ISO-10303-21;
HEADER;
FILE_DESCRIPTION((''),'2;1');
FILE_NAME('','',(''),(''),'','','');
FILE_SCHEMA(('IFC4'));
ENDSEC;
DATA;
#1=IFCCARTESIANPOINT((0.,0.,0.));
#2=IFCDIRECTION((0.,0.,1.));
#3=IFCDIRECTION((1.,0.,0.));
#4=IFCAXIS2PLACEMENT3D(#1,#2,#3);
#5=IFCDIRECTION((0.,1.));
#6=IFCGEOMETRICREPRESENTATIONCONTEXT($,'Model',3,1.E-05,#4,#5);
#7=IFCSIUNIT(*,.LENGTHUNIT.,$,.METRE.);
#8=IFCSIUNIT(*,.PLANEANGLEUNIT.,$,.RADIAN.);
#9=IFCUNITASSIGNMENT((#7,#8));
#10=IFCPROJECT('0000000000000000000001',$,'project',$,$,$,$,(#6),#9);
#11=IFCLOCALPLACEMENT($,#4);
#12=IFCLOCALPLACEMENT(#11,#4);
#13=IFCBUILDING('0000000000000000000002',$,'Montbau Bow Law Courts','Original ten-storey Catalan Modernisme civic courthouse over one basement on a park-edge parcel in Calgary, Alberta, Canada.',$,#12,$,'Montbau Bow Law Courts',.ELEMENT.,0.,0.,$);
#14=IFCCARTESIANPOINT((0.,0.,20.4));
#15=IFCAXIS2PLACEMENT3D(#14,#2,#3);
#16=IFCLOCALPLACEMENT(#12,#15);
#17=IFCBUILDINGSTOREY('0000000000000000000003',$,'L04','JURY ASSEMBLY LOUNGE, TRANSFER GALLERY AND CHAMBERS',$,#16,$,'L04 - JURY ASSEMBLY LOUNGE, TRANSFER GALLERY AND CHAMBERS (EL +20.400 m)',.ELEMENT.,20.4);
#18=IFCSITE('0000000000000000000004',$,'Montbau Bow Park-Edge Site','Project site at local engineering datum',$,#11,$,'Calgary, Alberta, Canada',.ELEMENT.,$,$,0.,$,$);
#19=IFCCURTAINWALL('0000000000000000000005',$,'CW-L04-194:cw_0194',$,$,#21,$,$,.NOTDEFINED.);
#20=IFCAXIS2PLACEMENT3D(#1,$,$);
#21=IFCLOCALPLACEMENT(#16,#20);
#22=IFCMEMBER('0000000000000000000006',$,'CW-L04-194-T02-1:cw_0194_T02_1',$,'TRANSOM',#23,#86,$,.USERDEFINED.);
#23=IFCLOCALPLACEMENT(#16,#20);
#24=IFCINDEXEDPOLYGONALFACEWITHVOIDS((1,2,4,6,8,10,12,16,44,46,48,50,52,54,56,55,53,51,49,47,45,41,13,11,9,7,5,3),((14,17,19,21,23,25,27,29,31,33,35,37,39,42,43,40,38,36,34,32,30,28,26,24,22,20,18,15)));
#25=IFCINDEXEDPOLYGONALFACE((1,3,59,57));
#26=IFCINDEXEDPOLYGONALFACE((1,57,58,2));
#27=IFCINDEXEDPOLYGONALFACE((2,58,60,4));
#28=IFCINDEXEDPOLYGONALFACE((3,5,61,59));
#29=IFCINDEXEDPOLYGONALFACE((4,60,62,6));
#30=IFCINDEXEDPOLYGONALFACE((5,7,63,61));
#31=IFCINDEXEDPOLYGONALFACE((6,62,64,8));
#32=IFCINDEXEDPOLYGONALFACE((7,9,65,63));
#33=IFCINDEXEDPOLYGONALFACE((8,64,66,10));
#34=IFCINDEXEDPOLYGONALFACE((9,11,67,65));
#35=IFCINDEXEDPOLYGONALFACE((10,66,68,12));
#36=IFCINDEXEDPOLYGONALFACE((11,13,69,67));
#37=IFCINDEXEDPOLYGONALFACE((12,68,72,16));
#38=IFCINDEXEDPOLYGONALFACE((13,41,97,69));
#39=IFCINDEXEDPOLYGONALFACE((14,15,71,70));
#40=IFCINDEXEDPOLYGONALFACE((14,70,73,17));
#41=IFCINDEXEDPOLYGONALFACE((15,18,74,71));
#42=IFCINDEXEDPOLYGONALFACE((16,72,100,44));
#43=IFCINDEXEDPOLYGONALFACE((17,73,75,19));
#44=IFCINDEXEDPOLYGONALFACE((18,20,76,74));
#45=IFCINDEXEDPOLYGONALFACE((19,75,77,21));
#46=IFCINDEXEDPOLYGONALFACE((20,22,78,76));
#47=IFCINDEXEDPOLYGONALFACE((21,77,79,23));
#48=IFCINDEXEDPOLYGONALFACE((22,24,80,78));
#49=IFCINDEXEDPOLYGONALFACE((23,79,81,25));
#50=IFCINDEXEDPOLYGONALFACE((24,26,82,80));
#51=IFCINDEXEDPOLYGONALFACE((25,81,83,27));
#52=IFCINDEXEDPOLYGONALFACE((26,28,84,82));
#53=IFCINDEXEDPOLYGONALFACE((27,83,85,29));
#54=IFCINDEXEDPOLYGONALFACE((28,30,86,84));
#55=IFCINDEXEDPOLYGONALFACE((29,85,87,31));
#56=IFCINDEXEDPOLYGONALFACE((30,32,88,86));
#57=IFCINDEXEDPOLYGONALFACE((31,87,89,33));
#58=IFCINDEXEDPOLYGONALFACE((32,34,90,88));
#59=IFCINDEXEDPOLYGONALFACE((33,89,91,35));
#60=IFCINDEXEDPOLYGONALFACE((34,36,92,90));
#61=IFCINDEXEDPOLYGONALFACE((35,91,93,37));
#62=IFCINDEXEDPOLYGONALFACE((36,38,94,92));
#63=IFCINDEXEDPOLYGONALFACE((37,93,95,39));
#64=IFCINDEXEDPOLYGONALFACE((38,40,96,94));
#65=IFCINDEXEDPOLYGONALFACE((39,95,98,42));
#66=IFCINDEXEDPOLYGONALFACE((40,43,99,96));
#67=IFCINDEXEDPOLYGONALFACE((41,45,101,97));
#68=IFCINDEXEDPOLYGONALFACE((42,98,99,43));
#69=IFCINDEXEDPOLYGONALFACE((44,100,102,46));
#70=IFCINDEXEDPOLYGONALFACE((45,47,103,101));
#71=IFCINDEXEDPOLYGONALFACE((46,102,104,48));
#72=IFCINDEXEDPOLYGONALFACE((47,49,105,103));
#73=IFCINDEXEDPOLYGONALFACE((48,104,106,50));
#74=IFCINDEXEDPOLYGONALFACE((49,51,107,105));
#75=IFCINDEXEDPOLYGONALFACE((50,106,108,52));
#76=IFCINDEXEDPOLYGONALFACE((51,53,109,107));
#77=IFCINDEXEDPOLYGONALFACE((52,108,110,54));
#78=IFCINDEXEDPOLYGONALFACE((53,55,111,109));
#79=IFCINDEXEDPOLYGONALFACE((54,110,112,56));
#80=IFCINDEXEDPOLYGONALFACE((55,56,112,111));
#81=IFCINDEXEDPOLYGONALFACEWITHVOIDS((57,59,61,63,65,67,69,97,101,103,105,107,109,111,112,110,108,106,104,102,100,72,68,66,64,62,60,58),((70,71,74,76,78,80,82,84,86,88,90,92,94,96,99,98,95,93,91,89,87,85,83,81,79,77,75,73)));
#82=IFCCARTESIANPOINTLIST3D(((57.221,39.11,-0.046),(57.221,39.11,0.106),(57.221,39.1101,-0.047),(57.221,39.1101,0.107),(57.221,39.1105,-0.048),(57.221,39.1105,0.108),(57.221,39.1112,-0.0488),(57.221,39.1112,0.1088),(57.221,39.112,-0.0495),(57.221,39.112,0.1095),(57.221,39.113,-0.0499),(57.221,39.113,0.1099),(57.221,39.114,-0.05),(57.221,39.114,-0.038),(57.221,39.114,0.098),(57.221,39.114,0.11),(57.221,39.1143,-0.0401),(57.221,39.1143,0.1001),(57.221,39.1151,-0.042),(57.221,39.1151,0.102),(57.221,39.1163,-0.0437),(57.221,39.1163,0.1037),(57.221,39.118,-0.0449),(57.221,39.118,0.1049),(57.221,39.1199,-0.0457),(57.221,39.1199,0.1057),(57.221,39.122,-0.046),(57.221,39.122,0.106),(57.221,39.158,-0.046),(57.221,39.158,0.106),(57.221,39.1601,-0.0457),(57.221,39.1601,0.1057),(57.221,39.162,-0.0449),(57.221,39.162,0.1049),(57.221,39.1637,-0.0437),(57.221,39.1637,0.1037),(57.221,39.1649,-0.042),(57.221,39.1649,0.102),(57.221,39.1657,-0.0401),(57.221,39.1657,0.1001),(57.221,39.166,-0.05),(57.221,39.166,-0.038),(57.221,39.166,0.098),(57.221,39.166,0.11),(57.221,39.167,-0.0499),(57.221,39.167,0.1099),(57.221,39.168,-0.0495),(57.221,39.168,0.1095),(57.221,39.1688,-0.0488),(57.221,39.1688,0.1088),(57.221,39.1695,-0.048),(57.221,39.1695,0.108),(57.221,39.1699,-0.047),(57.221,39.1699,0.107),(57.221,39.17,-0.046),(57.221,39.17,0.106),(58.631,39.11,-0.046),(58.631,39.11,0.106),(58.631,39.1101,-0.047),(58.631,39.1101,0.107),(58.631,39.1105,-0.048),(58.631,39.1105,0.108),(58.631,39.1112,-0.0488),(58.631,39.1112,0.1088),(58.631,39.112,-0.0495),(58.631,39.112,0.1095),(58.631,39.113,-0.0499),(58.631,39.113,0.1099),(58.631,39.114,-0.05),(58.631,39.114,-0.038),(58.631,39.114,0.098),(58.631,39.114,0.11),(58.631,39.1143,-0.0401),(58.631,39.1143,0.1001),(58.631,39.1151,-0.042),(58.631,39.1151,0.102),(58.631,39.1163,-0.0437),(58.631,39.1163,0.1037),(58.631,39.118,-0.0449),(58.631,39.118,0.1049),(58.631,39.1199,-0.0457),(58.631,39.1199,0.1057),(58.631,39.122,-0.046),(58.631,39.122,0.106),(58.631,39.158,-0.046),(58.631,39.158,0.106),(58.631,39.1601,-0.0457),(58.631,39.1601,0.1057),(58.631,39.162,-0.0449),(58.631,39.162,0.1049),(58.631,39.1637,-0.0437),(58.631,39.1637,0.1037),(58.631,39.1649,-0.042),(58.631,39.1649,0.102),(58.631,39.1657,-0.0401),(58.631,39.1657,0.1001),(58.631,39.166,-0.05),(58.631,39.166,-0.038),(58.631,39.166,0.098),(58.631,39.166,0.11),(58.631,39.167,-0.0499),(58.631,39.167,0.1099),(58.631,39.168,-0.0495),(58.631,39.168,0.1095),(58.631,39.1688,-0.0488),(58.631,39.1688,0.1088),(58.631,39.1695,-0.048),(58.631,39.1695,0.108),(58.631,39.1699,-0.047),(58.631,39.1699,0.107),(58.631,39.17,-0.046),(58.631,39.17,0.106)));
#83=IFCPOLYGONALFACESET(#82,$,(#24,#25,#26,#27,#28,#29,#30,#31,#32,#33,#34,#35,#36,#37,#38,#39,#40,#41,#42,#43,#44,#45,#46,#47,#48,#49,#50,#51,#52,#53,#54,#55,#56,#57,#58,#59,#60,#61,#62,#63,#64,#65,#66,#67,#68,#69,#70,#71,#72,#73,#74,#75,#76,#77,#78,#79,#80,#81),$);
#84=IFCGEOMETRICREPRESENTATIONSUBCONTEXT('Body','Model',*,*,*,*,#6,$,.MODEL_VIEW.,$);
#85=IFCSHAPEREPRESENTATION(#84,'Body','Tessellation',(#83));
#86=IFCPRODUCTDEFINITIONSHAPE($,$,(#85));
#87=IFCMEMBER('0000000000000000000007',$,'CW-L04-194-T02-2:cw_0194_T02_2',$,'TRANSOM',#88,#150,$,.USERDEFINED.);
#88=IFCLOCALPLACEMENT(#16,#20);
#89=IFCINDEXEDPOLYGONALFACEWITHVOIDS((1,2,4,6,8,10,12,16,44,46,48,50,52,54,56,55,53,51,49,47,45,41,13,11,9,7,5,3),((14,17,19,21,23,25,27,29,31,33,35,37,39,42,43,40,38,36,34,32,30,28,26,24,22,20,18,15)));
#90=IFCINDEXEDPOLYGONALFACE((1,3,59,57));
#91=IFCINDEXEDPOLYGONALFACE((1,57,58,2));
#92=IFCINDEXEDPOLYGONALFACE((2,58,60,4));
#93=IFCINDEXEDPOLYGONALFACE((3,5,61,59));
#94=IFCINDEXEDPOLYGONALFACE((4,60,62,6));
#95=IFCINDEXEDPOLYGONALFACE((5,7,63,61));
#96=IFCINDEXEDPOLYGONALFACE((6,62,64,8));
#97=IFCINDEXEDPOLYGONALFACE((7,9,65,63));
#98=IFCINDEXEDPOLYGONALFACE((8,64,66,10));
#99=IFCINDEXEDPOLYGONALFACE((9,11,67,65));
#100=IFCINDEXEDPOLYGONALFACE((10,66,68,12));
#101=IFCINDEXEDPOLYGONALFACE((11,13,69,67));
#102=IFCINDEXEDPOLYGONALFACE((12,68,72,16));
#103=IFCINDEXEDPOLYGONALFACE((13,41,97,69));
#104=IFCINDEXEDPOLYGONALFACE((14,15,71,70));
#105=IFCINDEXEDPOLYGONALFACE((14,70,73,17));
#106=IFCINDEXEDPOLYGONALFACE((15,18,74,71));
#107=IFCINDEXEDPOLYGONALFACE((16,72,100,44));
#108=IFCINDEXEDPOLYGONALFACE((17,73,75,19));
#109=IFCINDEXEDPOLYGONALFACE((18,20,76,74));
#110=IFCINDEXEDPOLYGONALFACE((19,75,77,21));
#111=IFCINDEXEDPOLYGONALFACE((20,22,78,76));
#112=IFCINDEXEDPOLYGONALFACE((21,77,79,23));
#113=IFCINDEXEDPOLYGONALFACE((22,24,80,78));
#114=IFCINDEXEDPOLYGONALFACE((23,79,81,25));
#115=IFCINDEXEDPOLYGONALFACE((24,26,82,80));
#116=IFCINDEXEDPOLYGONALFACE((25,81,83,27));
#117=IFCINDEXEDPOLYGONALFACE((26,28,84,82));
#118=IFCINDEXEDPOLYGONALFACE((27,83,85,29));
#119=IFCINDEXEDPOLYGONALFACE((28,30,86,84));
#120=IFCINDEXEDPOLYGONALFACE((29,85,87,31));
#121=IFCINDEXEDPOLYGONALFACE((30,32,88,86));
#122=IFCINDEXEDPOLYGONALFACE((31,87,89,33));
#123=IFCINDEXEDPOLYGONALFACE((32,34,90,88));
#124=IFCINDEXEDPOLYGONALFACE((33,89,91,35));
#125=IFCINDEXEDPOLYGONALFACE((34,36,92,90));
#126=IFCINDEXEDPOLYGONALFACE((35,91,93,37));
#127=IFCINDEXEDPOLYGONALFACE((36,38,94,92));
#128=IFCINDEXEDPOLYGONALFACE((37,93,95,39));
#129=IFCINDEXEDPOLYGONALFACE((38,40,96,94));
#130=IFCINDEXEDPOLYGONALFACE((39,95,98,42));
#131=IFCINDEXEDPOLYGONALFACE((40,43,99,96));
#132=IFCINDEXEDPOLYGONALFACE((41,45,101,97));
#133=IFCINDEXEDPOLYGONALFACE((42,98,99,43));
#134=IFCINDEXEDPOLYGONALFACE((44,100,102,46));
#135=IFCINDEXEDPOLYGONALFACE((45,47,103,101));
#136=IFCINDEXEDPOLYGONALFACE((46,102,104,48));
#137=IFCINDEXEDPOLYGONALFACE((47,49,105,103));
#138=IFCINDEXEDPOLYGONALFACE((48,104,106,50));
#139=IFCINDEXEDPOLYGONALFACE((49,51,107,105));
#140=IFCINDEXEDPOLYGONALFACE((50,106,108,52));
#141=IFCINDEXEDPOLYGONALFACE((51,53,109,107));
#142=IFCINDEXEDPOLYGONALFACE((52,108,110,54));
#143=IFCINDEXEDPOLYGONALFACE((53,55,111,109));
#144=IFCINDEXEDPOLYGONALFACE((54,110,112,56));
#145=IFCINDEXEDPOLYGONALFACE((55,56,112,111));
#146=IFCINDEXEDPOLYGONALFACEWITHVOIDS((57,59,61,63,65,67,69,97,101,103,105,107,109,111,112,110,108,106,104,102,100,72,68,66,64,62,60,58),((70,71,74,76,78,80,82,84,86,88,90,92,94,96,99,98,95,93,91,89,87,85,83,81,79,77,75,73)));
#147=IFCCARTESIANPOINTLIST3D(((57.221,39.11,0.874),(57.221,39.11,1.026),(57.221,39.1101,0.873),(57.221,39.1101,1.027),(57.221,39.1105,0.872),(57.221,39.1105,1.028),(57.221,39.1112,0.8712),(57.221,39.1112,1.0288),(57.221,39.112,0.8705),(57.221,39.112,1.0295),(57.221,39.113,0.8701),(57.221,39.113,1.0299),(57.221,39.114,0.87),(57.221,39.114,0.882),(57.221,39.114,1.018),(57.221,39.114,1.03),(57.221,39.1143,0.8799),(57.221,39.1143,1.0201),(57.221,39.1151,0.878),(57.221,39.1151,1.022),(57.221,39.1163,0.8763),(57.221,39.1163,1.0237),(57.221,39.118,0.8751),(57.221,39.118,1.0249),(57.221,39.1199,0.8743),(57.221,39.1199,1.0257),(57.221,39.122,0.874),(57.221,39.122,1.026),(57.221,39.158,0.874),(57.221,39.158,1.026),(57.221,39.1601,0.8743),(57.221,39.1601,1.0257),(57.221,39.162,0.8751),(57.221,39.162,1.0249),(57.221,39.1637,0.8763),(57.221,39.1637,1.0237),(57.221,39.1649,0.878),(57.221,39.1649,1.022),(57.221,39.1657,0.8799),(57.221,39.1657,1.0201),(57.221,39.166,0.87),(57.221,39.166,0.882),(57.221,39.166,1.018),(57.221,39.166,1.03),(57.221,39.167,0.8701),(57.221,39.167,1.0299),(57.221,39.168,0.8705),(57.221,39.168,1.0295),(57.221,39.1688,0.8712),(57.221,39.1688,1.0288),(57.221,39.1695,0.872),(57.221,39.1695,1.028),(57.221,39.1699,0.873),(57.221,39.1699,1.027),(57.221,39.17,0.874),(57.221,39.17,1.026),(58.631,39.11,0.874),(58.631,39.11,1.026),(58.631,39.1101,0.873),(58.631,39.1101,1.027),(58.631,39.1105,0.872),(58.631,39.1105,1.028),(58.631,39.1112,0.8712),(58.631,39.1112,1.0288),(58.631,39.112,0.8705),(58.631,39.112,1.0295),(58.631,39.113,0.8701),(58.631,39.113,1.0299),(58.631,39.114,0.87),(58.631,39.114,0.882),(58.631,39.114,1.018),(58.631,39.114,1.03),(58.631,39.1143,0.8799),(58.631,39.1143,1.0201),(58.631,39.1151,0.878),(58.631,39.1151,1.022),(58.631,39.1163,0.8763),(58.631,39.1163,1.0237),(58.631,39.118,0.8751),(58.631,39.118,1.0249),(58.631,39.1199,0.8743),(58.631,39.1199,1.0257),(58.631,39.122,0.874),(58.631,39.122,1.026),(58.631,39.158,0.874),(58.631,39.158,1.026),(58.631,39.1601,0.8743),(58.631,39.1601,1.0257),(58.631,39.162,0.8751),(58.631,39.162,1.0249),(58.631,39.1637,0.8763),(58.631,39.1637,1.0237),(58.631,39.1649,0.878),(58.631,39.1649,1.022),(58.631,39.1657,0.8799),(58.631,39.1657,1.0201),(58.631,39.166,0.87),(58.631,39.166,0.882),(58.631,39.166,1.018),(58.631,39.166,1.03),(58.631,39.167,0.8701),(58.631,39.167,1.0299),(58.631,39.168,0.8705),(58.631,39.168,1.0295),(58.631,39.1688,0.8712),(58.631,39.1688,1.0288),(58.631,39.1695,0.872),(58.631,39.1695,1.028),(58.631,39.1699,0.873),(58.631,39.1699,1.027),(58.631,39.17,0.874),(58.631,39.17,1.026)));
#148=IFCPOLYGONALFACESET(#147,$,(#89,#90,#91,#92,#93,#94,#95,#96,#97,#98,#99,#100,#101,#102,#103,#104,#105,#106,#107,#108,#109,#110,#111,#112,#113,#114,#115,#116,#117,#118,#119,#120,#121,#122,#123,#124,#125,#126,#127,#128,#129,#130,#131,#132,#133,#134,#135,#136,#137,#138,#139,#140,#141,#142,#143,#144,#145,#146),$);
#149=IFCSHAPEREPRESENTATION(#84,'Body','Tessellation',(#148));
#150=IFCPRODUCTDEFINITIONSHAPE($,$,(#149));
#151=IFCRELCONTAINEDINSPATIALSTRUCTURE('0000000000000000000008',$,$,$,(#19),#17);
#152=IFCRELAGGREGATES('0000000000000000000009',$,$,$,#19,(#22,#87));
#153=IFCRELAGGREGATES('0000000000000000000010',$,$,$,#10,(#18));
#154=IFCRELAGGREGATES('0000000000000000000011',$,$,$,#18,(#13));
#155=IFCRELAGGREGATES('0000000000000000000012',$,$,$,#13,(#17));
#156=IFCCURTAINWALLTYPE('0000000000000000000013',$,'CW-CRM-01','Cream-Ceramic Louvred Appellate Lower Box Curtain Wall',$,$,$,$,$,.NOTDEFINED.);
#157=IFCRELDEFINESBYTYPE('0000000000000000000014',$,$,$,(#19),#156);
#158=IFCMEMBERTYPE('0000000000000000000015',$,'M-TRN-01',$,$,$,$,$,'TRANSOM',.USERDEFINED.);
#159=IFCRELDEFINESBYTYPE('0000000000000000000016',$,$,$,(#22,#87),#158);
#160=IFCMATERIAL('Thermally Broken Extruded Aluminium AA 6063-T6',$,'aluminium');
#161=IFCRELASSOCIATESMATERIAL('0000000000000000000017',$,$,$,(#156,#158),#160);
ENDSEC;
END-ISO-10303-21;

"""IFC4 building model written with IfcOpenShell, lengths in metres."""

from ifc_helpers import new_model, si_unit, direction, frame, origin_with_axes, origin_2d_with_axis, place, context, subcontext, project, spatial, hollow_rectangle, extrude, material, material_profile, profile_set, type_object, element, aggregate, save


model = new_model("IFC4")

# Units and contexts
model_context = context("Model", 3, precision=1e-05, world=origin_with_axes(), true_north=direction((0.0, 1.0)))
body_context = subcontext(model_context, "Body", "Model", "MODEL_VIEW")
ifc_project = project(units=[si_unit("LENGTHUNIT", "METRE"), si_unit("PLANEANGLEUNIT", "RADIAN")], contexts=[model_context])

# Site, building, storey
site_placement = place(None, origin_with_axes())
site = spatial("IfcSite", under=ifc_project, at=site_placement, Name="Montbau Bow Park-Edge Site", Description="Project site at local engineering datum", LongName="Calgary, Alberta, Canada", CompositionType="ELEMENT", RefElevation=0.0)
building_placement = place(site_placement, origin_with_axes())
building = spatial("IfcBuilding", under=site, at=building_placement, Name="Montbau Bow Law Courts", Description="Original ten-storey Catalan Modernisme civic courthouse over one basement on a park-edge parcel in Calgary, Alberta, Canada.", LongName="Montbau Bow Law Courts", CompositionType="ELEMENT", ElevationOfRefHeight=0.0, ElevationOfTerrain=0.0)
storey_placement = place(building_placement, frame((0.0, 0.0, 20.4), z_axis=(0.0, 0.0, 1.0), x_axis=(1.0, 0.0, 0.0)))
storey = spatial("IfcBuildingStorey", under=building, at=storey_placement, Name="L04", Description="JURY ASSEMBLY LOUNGE, TRANSFER GALLERY AND CHAMBERS", LongName="L04 - JURY ASSEMBLY LOUNGE, TRANSFER GALLERY AND CHAMBERS (EL +20.400 m)", CompositionType="ELEMENT", Elevation=20.4)

# Curtain wall, members
ifc_material_1 = material(Name="Thermally Broken Extruded Aluminium AA 6063-T6", Category="aluminium")
curtain_wall_type = type_object("IfcCurtainWallType", Name="CW-CRM-01", Description="Cream-Ceramic Louvred Appellate Lower Box Curtain Wall", PredefinedType="NOTDEFINED", material=ifc_material_1)
curtain_wall_1_placement = place(None, frame((55.715, 39.14, 20.4), z_axis=(0.0, 0.0, 1.0), x_axis=(1.0, 0.0, 0.0)))
curtain_wall_1 = element("IfcCurtainWall", 1, at=curtain_wall_1_placement, inside=storey, type_object=curtain_wall_type, Name="CW-L04-194:cw_0194", PredefinedType="NOTDEFINED")
ifc_material_profile_1 = material_profile(ifc_material_1, hollow_rectangle(XDim=0.06, YDim=0.16, WallThickness=0.004, InnerFilletRadius=0.008, OuterFilletRadius=0.004, at=origin_2d_with_axis()), Name="CWT-160X60", Category="Main", Priority=0)
ifc_profile_set_1 = profile_set([ifc_material_profile_1], Name="Thermally Broken Extruded Aluminium AA 6063-T6")
member_type_1 = type_object("IfcMemberType", Name="M-TRN-01", ElementType="TRANSOM", PredefinedType="USERDEFINED", material=ifc_profile_set_1)
member_1_placement = place(None, frame((57.221, 39.14, 20.43), z_axis=(1.0, 0.0, 0.0), x_axis=(0.0, 1.0, 0.0)))
member_1 = element("IfcMember", 2, at=member_1_placement, type_object=member_type_1, Name="CW-L04-194-T02-1:cw_0194_T02_1", ObjectType="TRANSOM", PredefinedType="USERDEFINED", context=body_context, shape_type="SweptSolid", body=[
    extrude(hollow_rectangle(XDim=0.06, YDim=0.16, WallThickness=0.004, InnerFilletRadius=0.008, OuterFilletRadius=0.004, at=origin_2d_with_axis()), origin_with_axes(), (0.0, 0.0, 1.0), 1.41),
])
member_2_placement = place(None, frame((57.221, 39.14, 21.35), z_axis=(1.0, 0.0, 0.0), x_axis=(0.0, 1.0, 0.0)))
member_2 = element("IfcMember", 3, at=member_2_placement, type_object=member_type_1, Name="CW-L04-194-T02-2:cw_0194_T02_2", ObjectType="TRANSOM", PredefinedType="USERDEFINED", context=body_context, shape_type="SweptSolid", body=[
    extrude(hollow_rectangle(XDim=0.06, YDim=0.16, WallThickness=0.004, InnerFilletRadius=0.008, OuterFilletRadius=0.004, at=origin_2d_with_axis()), origin_with_axes(), (0.0, 0.0, 1.0), 1.41),
])

aggregate(curtain_wall_1, [member_1, member_2])

save(model, "model.ifc")
